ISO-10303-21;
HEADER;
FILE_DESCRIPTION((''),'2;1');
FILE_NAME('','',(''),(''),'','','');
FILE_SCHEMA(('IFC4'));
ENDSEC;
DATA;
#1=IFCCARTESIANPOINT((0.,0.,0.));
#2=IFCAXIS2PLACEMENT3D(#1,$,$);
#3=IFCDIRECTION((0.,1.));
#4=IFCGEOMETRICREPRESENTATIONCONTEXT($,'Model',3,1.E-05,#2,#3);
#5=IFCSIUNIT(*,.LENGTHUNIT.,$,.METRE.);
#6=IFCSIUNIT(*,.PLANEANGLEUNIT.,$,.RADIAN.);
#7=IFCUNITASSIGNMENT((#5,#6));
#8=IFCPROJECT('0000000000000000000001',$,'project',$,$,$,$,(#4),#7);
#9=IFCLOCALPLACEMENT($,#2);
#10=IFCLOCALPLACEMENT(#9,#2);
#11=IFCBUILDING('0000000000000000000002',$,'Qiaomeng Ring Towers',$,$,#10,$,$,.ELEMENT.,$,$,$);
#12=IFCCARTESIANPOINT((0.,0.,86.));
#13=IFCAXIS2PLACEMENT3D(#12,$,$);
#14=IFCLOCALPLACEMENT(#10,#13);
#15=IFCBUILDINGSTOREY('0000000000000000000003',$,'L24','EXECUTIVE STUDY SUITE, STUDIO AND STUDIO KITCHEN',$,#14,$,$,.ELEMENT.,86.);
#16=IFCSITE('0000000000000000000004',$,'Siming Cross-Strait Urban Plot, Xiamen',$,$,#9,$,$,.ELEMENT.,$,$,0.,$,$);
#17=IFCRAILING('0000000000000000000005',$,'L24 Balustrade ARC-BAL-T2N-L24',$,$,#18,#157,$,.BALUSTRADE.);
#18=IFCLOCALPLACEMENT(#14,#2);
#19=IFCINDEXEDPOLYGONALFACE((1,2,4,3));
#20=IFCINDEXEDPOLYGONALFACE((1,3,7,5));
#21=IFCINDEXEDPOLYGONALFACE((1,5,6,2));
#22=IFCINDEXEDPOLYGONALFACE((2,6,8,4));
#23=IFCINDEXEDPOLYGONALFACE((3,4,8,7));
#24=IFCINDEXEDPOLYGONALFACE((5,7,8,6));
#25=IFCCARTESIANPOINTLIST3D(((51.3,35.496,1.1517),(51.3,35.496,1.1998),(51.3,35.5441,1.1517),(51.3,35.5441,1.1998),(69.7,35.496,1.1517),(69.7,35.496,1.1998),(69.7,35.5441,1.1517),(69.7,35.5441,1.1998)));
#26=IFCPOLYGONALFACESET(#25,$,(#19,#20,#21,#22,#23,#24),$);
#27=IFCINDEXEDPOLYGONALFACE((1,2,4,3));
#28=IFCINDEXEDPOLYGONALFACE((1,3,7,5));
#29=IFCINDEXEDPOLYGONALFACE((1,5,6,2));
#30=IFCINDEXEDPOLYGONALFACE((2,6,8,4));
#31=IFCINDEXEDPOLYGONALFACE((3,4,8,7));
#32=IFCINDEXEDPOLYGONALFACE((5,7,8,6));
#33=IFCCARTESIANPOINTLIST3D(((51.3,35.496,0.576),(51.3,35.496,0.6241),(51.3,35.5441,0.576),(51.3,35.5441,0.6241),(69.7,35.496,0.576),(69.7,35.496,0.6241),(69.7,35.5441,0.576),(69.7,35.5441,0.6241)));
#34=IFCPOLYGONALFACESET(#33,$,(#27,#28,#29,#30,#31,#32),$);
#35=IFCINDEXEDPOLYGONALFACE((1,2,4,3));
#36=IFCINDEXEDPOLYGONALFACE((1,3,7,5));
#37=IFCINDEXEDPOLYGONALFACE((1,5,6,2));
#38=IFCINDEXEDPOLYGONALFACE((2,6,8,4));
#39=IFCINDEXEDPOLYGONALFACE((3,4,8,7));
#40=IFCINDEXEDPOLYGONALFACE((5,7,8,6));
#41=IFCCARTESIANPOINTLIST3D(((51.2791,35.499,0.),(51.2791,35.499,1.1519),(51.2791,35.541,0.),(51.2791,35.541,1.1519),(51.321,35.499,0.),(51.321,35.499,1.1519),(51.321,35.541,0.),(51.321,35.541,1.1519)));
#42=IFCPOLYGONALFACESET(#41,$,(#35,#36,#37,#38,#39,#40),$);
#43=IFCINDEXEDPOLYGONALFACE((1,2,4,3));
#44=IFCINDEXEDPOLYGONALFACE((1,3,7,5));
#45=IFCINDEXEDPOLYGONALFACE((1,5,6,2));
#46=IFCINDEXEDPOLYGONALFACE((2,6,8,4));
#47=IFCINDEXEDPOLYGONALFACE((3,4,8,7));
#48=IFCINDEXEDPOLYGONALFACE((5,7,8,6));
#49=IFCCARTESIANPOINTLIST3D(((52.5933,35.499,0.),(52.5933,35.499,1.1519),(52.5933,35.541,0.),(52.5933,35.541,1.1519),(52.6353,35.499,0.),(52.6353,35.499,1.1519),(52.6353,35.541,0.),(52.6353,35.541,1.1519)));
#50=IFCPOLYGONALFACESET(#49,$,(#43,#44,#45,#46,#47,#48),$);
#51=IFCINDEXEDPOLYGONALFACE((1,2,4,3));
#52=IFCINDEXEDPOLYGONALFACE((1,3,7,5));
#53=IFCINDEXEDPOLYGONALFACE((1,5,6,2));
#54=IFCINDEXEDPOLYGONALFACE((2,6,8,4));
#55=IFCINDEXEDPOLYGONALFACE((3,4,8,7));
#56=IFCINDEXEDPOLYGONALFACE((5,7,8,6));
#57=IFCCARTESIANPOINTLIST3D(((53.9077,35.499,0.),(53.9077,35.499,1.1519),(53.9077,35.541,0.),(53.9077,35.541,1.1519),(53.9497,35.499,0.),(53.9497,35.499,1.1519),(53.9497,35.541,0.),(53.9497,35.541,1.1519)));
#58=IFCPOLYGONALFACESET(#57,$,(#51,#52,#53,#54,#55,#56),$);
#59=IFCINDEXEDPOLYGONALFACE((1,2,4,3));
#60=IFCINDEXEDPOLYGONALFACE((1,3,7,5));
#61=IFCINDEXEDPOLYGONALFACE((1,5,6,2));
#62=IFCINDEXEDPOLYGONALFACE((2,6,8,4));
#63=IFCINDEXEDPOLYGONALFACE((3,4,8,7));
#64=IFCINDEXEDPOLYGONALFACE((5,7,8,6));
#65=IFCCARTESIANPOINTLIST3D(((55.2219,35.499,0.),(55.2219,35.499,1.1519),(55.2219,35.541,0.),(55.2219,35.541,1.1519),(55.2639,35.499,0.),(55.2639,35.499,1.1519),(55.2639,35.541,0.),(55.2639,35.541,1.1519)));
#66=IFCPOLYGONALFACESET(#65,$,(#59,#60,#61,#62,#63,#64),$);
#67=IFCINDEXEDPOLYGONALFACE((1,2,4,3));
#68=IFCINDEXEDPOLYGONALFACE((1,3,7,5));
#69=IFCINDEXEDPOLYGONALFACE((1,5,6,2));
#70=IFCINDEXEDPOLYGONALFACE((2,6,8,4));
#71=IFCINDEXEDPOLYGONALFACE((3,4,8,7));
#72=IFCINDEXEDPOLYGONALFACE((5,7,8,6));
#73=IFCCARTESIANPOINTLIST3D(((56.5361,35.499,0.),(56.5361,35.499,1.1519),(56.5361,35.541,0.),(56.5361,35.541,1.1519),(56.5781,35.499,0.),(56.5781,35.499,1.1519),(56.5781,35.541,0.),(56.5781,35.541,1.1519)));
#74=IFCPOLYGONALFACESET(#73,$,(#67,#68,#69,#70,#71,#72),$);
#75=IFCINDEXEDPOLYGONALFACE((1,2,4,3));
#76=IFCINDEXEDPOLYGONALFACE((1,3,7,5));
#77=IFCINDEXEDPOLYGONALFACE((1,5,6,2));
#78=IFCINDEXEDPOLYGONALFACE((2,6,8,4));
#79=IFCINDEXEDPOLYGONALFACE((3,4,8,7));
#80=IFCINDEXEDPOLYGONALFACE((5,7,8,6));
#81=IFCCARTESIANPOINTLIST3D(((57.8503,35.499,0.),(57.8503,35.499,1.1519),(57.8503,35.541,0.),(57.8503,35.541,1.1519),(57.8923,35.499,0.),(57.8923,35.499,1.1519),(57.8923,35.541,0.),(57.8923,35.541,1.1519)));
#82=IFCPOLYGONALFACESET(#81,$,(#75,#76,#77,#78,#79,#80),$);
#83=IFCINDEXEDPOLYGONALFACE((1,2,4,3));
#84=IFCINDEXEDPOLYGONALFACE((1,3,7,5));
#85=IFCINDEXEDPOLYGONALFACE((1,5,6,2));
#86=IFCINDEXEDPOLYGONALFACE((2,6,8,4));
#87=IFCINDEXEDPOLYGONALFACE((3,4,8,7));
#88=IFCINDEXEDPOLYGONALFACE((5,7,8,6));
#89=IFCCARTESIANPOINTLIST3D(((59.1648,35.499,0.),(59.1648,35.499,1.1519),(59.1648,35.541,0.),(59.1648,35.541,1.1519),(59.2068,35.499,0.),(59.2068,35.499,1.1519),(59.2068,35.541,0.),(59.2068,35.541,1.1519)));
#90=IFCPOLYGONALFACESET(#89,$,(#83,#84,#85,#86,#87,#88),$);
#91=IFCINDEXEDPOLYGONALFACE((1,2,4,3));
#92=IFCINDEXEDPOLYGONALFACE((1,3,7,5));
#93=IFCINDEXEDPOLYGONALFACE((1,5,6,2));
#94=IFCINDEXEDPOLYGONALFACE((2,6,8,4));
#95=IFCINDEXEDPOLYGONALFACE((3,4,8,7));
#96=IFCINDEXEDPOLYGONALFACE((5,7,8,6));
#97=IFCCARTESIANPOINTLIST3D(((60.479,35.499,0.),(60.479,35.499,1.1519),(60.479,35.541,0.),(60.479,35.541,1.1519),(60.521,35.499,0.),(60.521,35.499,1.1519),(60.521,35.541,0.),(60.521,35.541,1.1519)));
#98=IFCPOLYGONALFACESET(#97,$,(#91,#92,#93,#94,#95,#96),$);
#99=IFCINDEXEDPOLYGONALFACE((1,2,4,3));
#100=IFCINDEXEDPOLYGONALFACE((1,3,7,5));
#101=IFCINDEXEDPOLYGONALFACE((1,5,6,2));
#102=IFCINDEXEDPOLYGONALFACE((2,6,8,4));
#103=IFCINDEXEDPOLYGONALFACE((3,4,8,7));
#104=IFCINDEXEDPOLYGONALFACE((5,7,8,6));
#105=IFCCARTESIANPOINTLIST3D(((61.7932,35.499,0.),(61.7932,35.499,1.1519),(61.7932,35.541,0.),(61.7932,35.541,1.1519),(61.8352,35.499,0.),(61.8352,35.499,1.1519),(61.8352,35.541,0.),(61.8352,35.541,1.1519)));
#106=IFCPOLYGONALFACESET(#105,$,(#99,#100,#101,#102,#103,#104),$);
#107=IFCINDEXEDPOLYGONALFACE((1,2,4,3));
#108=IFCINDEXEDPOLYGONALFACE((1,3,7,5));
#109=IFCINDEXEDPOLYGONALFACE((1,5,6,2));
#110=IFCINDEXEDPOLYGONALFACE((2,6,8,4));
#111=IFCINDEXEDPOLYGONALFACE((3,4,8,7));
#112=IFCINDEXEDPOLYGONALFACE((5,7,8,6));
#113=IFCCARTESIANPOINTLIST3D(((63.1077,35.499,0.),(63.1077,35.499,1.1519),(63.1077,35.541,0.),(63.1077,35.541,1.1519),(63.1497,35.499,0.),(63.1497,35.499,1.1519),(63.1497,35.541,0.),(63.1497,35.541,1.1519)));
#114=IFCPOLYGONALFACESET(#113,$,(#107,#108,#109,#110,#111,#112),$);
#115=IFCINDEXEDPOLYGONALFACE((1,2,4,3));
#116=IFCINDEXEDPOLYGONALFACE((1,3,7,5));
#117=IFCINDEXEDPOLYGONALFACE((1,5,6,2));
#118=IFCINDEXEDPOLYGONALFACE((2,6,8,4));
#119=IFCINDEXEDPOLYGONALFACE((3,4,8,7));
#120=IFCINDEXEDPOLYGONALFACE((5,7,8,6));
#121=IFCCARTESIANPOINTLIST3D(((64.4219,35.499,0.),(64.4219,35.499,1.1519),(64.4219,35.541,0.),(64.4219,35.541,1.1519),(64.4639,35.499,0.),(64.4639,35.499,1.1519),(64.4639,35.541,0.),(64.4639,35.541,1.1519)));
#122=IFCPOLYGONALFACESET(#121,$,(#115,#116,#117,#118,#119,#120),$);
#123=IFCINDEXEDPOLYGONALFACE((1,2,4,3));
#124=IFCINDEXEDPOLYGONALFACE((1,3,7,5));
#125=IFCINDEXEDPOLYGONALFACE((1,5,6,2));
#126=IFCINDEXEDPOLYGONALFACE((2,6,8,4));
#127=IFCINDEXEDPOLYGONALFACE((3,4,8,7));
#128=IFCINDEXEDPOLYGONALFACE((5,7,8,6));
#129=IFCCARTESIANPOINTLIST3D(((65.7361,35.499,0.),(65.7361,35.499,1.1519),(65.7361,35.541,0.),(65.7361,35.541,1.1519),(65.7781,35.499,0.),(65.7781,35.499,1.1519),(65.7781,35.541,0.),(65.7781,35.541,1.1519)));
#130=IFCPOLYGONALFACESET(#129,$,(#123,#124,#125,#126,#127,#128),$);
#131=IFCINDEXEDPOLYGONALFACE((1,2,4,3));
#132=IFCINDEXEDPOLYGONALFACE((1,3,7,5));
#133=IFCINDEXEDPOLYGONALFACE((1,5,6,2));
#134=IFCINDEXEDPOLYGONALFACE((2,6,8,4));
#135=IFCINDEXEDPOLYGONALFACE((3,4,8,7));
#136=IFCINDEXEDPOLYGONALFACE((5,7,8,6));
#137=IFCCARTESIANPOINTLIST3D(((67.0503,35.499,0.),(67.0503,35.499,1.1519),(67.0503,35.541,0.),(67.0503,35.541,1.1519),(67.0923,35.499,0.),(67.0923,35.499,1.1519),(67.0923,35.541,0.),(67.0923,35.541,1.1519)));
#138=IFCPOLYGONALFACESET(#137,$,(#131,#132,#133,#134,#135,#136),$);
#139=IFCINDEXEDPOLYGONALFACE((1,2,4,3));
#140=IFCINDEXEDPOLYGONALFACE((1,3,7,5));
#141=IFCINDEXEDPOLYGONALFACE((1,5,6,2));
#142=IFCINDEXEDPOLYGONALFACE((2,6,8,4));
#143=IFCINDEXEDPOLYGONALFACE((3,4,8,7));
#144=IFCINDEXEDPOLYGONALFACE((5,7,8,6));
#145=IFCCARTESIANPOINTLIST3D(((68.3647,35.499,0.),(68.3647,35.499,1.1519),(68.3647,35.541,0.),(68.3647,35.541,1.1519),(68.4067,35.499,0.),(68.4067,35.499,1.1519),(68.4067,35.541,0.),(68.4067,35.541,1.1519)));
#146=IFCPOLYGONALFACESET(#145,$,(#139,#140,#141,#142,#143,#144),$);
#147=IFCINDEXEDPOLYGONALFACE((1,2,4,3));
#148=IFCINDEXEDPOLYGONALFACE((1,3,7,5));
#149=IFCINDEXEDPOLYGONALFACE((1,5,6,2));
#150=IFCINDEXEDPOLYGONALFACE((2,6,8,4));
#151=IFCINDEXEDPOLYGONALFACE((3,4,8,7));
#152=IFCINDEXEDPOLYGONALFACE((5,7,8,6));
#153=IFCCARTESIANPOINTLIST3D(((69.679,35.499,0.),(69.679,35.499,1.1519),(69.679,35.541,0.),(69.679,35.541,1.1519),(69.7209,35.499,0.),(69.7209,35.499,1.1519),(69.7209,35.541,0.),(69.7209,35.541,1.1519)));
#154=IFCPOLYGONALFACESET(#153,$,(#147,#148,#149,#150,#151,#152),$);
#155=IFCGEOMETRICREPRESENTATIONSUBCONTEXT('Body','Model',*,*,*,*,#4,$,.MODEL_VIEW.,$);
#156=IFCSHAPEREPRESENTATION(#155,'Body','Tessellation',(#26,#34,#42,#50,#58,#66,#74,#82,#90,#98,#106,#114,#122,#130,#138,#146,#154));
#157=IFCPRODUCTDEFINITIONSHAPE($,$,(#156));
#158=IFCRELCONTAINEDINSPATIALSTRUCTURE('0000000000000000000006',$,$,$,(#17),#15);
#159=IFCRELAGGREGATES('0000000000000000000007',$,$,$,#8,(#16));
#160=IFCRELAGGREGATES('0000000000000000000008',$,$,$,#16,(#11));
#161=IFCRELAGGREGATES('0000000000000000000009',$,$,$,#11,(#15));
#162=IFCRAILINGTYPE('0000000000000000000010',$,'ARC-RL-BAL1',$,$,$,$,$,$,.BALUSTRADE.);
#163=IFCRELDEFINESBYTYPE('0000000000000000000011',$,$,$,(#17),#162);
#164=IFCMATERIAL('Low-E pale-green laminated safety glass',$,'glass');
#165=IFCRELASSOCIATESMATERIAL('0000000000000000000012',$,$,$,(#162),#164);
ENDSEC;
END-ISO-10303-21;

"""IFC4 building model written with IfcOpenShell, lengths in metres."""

from ifc_helpers import new_model, si_unit, direction, frame, origin, origin_2d, place, context, subcontext, project, spatial, rectangle, extrude, material, type_object, element, save


model = new_model("IFC4")

# Units and contexts
model_context = context("Model", 3, precision=1e-05, world=origin(), true_north=direction((0.0, 1.0)))
body_context = subcontext(model_context, "Body", "Model", "MODEL_VIEW")
ifc_project = project(units=[si_unit("LENGTHUNIT", "METRE"), si_unit("PLANEANGLEUNIT", "RADIAN")], contexts=[model_context])

# Site, building, storey
site_placement = place(None, origin())
site = spatial("IfcSite", under=ifc_project, at=site_placement, Name="Siming Cross-Strait Urban Plot, Xiamen", CompositionType="ELEMENT", RefElevation=0.0)
building_placement = place(site_placement, origin())
building = spatial("IfcBuilding", under=site, at=building_placement, Name="Qiaomeng Ring Towers", CompositionType="ELEMENT")
storey_placement = place(building_placement, frame((0.0, 0.0, 86.0)))
storey = spatial("IfcBuildingStorey", under=building, at=storey_placement, Name="L24", Description="EXECUTIVE STUDY SUITE, STUDIO AND STUDIO KITCHEN", CompositionType="ELEMENT", Elevation=86.0)

# Railing
ifc_material_1 = material(Name="Low-E pale-green laminated safety glass", Category="glass")
railing_type = type_object("IfcRailingType", Name="ARC-RL-BAL1", PredefinedType="BALUSTRADE", material=ifc_material_1)
railing_1_placement = place(storey_placement, frame((51.3, 35.52, 0.0)))
element("IfcRailing", 1, at=railing_1_placement, inside=storey, type_object=railing_type, Name="L24 Balustrade ARC-BAL-T2N-L24", PredefinedType="BALUSTRADE", context=body_context, shape_type="SweptSolid", body=[
    extrude(rectangle(XDim=0.0481, YDim=0.0481, at=origin_2d()), frame((0.0, 0.0, 1.1758), z_axis=(1.0, 0.0, 0.0), x_axis=(0.0, 1.0, 0.0)), (0.0, 0.0, 1.0), 18.3999),
    extrude(rectangle(XDim=0.0481, YDim=0.0481, at=origin_2d()), frame((0.0, 0.0, 0.6001), z_axis=(1.0, 0.0, 0.0), x_axis=(0.0, 1.0, 0.0)), (0.0, 0.0, 1.0), 18.3999),
    extrude(rectangle(XDim=0.042, YDim=0.042, at=origin_2d()), origin(), (0.0, 0.0, 1.0), 1.1519),
    extrude(rectangle(XDim=0.042, YDim=0.042, at=origin_2d()), frame((1.3142, 0.0, 0.0)), (0.0, 0.0, 1.0), 1.1519),
    extrude(rectangle(XDim=0.042, YDim=0.042, at=origin_2d()), frame((2.6287, 0.0, 0.0)), (0.0, 0.0, 1.0), 1.1519),
    extrude(rectangle(XDim=0.042, YDim=0.042, at=origin_2d()), frame((3.9429, 0.0, 0.0)), (0.0, 0.0, 1.0), 1.1519),
    extrude(rectangle(XDim=0.042, YDim=0.042, at=origin_2d()), frame((5.2571, 0.0, 0.0)), (0.0, 0.0, 1.0), 1.1519),
    extrude(rectangle(XDim=0.042, YDim=0.042, at=origin_2d()), frame((6.5713, 0.0, 0.0)), (0.0, 0.0, 1.0), 1.1519),
    extrude(rectangle(XDim=0.042, YDim=0.042, at=origin_2d()), frame((7.8857, 0.0, 0.0)), (0.0, 0.0, 1.0), 1.1519),
    extrude(rectangle(XDim=0.042, YDim=0.042, at=origin_2d()), frame((9.2, 0.0, 0.0)), (0.0, 0.0, 1.0), 1.1519),
    extrude(rectangle(XDim=0.042, YDim=0.042, at=origin_2d()), frame((10.5142, 0.0, 0.0)), (0.0, 0.0, 1.0), 1.1519),
    extrude(rectangle(XDim=0.042, YDim=0.042, at=origin_2d()), frame((11.8286, 0.0, 0.0)), (0.0, 0.0, 1.0), 1.1519),
    extrude(rectangle(XDim=0.042, YDim=0.042, at=origin_2d()), frame((13.1428, 0.0, 0.0)), (0.0, 0.0, 1.0), 1.1519),
    extrude(rectangle(XDim=0.042, YDim=0.042, at=origin_2d()), frame((14.457, 0.0, 0.0)), (0.0, 0.0, 1.0), 1.1519),
    extrude(rectangle(XDim=0.042, YDim=0.042, at=origin_2d()), frame((15.7712, 0.0, 0.0)), (0.0, 0.0, 1.0), 1.1519),
    extrude(rectangle(XDim=0.042, YDim=0.042, at=origin_2d()), frame((17.0857, 0.0, 0.0)), (0.0, 0.0, 1.0), 1.1519),
    extrude(rectangle(XDim=0.042, YDim=0.042, at=origin_2d()), frame((18.3999, 0.0, 0.0)), (0.0, 0.0, 1.0), 1.1519),
])

save(model, "model.ifc")
